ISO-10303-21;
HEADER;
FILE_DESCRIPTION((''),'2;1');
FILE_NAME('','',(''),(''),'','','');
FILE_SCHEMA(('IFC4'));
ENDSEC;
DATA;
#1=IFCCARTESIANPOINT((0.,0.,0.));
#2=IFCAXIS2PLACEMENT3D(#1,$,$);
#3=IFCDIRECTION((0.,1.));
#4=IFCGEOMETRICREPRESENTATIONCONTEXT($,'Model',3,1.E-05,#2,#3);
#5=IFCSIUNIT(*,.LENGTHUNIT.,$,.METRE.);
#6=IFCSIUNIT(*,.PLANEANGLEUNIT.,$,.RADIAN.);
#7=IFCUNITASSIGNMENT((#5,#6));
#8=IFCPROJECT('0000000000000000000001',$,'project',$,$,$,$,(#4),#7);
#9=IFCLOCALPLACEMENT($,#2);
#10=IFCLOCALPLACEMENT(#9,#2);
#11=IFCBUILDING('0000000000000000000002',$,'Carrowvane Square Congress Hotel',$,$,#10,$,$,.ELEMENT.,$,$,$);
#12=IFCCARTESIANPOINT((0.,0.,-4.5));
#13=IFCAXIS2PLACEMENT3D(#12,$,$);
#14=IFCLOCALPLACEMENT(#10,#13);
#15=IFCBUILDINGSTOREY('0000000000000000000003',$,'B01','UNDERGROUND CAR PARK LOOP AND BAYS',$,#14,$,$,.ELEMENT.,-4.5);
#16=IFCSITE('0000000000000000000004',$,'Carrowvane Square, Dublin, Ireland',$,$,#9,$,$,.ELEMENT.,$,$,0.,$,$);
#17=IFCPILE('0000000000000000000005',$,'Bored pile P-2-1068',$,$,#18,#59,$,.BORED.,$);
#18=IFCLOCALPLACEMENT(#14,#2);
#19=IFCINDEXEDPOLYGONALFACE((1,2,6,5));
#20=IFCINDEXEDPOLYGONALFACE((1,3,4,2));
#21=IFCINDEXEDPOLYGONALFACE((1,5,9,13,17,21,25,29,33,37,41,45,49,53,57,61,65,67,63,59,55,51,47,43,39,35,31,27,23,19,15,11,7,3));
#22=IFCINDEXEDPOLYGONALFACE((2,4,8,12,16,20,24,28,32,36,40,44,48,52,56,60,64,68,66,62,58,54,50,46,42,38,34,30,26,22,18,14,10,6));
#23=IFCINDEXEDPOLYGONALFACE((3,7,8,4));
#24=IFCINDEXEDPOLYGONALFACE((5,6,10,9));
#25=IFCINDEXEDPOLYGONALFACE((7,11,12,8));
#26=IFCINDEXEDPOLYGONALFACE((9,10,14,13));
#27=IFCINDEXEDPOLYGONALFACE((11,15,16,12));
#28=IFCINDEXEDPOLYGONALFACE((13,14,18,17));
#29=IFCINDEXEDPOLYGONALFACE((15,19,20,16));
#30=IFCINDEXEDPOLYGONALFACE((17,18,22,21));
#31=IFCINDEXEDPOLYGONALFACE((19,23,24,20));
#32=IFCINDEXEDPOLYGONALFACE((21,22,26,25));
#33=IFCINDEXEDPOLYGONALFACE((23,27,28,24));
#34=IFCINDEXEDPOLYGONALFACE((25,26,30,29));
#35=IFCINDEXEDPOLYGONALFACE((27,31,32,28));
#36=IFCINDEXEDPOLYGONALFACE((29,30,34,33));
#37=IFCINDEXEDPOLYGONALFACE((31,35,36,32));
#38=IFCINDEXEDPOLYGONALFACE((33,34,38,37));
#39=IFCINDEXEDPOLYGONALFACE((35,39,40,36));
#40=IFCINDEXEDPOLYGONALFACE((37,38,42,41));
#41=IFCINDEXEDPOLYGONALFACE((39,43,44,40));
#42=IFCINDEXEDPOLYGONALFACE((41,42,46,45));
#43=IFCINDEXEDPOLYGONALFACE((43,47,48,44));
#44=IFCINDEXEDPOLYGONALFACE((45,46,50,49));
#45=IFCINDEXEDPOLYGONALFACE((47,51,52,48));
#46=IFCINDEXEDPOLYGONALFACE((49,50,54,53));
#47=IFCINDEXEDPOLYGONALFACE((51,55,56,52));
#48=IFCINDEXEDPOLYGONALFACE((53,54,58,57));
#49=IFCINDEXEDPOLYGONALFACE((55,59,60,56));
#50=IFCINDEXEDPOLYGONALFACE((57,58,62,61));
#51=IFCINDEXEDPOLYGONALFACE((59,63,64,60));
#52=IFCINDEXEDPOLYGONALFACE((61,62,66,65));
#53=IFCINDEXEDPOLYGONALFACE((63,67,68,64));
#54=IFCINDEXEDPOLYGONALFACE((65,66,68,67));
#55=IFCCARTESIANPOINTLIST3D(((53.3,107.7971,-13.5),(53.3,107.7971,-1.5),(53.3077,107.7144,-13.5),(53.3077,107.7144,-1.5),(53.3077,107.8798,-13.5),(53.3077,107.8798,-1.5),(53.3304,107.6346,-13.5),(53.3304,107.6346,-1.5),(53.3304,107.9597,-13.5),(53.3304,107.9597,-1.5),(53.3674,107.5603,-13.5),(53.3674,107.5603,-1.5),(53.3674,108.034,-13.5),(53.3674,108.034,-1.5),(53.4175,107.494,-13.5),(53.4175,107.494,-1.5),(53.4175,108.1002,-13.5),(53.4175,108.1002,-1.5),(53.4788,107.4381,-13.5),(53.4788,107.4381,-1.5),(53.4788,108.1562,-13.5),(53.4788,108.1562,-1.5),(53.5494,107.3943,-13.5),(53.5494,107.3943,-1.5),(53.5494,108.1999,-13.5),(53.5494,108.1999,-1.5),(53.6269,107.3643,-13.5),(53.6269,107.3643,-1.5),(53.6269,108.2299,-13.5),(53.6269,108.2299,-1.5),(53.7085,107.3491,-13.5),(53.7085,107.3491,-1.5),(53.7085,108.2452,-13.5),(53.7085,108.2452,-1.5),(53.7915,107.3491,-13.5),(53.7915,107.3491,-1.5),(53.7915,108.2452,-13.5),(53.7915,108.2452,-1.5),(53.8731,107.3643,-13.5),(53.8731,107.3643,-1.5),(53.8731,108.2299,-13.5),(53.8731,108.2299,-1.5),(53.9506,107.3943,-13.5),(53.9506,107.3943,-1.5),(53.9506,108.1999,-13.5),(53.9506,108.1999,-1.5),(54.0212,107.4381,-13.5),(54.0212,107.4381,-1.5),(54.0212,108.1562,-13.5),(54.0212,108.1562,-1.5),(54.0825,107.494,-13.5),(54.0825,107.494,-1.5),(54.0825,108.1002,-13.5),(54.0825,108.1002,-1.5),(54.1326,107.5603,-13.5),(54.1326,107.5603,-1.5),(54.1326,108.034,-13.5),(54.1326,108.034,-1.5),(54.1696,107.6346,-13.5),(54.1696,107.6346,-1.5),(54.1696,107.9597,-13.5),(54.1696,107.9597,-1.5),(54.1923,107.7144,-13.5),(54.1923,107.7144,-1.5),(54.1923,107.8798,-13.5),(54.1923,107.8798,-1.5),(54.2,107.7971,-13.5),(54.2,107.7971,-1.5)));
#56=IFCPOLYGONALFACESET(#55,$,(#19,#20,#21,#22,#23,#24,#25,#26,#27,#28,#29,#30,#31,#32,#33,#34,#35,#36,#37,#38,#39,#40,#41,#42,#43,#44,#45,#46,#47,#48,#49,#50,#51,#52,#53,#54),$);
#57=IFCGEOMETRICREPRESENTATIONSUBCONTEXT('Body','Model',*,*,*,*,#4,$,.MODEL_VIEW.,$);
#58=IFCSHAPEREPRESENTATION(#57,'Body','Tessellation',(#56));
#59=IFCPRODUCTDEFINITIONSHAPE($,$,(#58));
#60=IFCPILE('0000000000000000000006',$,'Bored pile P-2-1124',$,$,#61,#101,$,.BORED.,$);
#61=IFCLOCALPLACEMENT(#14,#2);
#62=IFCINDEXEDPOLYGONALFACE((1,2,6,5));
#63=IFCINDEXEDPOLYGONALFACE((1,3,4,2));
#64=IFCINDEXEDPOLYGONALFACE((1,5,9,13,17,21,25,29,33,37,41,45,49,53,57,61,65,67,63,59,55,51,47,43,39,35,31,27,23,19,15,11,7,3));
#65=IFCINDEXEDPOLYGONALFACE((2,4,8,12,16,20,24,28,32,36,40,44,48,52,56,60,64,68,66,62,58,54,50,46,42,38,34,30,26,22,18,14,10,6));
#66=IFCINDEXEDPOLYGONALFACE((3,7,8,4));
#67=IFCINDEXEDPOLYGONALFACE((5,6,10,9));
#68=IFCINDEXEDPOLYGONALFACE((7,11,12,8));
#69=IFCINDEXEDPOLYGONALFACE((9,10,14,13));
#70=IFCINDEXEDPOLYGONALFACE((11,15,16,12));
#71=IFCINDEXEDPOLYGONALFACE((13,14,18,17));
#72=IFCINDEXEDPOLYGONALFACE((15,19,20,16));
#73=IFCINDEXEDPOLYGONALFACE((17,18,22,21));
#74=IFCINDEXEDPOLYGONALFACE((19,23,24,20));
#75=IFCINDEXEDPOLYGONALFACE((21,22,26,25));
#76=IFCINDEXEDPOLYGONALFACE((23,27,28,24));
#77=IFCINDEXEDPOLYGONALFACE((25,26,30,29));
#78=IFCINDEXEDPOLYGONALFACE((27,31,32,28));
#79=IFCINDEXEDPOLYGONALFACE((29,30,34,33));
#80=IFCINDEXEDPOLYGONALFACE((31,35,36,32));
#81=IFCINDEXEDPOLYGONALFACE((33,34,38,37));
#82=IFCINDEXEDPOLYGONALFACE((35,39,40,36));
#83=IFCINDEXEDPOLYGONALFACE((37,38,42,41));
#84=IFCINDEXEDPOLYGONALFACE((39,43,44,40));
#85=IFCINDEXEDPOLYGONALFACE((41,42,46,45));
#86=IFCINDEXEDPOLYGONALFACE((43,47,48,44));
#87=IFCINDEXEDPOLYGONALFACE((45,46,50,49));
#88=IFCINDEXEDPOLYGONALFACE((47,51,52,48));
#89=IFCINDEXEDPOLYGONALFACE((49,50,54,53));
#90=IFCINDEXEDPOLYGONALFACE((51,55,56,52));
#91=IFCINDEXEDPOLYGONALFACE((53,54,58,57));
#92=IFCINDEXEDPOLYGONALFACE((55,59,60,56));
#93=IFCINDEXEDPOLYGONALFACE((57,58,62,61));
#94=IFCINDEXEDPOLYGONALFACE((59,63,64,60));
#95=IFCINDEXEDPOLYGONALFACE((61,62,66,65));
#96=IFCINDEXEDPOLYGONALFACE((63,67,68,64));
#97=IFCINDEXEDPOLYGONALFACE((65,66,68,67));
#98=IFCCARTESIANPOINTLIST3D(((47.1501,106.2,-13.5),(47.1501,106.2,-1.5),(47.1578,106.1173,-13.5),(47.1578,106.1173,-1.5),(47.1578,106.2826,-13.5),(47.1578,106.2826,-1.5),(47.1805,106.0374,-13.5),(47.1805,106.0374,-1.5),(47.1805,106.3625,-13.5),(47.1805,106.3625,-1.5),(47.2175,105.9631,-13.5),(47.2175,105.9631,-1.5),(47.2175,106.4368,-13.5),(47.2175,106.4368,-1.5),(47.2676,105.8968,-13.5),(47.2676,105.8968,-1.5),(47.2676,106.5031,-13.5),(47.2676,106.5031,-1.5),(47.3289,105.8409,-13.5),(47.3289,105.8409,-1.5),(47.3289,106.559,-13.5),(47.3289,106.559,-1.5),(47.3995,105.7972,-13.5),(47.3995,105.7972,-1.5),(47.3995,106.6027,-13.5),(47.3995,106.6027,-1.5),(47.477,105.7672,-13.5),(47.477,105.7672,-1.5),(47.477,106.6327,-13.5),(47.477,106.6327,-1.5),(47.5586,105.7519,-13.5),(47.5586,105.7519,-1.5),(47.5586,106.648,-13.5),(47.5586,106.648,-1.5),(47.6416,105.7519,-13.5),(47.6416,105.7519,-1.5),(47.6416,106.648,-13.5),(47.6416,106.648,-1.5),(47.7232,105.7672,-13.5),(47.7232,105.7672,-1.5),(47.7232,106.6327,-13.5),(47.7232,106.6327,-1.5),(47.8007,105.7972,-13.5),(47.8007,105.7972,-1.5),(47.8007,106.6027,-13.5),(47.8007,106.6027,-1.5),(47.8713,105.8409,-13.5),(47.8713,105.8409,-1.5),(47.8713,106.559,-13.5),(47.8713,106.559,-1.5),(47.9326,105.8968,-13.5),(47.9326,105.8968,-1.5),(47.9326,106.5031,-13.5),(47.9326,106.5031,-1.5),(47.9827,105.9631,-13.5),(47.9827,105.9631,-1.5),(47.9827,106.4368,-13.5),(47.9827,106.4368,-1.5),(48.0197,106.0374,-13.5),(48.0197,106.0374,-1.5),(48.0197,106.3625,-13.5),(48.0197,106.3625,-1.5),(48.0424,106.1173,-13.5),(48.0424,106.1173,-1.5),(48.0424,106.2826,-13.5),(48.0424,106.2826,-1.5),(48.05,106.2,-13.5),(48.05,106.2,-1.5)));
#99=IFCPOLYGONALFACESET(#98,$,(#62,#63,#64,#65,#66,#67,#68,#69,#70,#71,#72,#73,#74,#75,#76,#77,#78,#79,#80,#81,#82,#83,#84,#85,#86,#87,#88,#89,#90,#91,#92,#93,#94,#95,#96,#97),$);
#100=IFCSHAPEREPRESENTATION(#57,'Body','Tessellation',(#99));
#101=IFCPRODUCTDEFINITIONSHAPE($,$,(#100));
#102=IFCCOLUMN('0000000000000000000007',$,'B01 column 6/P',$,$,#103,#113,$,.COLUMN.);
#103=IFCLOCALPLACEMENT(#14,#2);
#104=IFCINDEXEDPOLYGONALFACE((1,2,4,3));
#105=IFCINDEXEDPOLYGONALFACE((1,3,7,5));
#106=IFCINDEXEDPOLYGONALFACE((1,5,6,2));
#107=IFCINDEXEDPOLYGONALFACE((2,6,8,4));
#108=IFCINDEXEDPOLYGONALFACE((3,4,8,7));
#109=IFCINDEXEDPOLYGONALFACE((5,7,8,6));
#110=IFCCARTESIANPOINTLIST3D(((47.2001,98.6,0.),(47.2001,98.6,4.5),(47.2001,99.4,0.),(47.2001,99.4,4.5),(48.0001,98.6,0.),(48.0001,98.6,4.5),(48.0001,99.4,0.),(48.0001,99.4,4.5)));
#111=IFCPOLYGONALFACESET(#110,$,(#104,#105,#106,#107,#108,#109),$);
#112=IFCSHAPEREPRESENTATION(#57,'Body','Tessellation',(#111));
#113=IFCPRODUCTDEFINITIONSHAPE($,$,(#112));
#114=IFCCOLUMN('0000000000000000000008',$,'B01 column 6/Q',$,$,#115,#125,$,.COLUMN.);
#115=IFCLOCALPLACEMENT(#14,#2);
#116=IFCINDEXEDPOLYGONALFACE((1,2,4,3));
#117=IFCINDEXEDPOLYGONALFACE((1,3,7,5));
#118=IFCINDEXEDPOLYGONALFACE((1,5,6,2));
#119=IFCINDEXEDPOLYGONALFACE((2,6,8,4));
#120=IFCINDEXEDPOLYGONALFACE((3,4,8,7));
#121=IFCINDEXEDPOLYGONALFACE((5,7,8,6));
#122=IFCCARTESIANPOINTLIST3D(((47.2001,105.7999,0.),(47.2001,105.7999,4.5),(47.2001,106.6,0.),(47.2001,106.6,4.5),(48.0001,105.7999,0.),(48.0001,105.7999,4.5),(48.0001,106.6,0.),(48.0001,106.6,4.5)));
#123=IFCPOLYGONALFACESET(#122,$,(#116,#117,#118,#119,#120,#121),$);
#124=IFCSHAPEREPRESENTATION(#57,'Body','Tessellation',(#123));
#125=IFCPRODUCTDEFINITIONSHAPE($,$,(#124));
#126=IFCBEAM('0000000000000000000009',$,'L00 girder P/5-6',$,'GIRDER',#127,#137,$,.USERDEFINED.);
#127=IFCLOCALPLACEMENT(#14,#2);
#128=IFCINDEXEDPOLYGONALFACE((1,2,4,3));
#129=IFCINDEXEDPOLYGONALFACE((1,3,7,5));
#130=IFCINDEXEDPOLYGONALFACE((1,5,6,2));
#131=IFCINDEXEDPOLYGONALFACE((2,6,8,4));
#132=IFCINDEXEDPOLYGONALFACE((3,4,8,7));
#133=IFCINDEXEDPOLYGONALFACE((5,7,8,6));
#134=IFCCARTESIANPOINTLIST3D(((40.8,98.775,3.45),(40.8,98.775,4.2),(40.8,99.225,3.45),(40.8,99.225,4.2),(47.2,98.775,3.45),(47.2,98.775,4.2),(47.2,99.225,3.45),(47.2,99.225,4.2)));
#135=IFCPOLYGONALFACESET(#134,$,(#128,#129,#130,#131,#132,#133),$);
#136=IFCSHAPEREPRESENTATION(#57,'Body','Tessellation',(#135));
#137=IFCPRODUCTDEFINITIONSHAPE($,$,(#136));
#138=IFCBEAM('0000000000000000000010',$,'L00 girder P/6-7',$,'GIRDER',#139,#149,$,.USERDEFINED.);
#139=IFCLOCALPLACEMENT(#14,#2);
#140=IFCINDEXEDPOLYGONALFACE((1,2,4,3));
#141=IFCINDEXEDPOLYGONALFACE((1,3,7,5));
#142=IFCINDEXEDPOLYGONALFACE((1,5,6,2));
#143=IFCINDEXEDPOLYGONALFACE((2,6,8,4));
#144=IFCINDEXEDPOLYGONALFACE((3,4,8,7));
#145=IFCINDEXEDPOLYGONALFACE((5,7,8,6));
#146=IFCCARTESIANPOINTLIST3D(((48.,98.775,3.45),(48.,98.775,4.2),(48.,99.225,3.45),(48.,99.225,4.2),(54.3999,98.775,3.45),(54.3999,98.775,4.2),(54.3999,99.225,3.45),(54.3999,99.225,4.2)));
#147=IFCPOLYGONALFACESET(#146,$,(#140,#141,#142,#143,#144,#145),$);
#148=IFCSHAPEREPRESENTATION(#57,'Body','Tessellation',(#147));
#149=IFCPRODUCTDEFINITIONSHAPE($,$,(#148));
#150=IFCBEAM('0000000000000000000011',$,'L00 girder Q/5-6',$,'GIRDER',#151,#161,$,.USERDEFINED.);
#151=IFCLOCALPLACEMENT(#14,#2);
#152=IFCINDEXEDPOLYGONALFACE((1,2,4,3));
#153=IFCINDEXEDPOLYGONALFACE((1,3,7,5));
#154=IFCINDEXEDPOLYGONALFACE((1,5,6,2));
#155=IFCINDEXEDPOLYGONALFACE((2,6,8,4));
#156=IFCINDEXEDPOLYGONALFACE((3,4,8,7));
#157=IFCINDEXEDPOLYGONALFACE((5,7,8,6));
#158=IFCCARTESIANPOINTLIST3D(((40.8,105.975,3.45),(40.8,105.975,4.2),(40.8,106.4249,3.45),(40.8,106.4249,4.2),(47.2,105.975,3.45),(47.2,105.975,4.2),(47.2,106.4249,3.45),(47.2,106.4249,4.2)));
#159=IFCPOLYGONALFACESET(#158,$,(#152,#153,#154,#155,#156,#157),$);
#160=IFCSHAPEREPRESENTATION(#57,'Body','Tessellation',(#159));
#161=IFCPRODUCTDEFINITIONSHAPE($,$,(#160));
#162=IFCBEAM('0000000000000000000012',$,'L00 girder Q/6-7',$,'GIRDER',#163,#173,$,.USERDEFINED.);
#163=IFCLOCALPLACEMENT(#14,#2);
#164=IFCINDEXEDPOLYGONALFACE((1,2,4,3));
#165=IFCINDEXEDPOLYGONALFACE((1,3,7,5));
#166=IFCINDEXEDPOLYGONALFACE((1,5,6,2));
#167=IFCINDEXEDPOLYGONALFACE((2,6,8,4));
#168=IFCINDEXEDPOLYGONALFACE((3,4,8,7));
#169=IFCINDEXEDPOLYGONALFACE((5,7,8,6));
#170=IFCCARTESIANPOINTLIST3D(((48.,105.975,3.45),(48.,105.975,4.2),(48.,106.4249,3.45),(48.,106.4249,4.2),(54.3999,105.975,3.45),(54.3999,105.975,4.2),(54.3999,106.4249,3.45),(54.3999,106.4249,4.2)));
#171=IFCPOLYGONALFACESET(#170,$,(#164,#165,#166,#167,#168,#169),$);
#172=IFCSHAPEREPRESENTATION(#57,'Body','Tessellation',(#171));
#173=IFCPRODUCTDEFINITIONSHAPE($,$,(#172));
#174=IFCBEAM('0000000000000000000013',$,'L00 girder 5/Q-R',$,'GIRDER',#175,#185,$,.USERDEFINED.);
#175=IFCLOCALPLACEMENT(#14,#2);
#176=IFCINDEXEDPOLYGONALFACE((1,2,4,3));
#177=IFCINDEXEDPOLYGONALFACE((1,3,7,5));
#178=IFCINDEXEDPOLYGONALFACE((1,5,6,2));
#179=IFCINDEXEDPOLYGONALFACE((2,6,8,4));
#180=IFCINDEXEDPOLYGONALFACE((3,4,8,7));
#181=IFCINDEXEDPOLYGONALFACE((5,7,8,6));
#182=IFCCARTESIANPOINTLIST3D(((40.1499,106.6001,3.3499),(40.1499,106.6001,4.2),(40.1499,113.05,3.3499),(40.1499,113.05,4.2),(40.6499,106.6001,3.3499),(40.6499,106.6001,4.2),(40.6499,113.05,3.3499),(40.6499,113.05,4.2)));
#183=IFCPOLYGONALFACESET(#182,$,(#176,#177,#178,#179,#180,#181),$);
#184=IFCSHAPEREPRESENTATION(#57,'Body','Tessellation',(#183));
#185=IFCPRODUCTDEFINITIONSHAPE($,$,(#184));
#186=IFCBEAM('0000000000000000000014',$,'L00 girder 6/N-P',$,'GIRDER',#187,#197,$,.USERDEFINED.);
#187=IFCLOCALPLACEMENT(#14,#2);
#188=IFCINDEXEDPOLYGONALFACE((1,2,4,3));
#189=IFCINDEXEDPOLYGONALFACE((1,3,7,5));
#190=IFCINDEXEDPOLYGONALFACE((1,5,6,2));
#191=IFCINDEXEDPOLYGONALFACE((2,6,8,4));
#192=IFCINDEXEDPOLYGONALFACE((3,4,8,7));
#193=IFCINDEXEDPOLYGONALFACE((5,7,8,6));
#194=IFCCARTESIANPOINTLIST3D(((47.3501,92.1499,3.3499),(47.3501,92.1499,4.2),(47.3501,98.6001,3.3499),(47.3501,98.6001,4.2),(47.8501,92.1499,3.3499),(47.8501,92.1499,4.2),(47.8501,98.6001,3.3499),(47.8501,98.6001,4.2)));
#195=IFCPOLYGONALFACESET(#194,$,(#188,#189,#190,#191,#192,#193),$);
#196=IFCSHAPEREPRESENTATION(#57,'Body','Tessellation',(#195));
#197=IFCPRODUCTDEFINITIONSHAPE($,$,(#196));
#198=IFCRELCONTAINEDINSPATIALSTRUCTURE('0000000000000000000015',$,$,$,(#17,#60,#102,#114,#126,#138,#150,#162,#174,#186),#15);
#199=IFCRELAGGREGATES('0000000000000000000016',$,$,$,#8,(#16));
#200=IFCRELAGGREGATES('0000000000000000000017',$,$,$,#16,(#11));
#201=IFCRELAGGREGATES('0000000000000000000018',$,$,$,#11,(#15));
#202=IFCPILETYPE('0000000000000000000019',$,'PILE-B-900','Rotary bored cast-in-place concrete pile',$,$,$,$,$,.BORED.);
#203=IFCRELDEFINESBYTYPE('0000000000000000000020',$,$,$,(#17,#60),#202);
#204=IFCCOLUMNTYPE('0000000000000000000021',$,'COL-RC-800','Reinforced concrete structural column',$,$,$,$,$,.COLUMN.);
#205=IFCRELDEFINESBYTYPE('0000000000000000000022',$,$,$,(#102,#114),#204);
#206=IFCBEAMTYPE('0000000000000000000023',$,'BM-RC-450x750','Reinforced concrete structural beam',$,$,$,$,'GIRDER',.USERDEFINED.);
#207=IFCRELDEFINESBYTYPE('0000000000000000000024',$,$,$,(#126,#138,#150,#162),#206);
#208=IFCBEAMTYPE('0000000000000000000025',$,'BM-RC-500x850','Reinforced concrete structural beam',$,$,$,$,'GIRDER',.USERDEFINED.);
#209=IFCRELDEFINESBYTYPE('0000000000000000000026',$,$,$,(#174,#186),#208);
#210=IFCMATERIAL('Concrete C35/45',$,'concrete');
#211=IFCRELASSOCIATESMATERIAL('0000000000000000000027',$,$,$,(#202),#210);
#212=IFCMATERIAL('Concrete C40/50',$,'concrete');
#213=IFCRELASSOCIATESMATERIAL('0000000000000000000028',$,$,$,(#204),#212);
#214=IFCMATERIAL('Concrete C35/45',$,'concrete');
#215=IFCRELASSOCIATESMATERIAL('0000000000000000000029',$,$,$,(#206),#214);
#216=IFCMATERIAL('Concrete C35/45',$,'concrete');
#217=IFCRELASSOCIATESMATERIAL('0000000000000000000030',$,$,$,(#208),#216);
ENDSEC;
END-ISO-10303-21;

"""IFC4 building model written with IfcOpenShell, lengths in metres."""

from ifc_helpers import new_model, si_unit, direction, frame, origin, origin_2d, place, context, subcontext, project, spatial, rectangle, circle, extrude, material, material_profile, profile_set, type_object, element, save


model = new_model("IFC4")

# Units and contexts
model_context = context("Model", 3, precision=1e-05, world=origin(), true_north=direction((0.0, 1.0)))
body_context = subcontext(model_context, "Body", "Model", "MODEL_VIEW")
ifc_project = project(units=[si_unit("LENGTHUNIT", "METRE"), si_unit("PLANEANGLEUNIT", "RADIAN")], contexts=[model_context])

# Site, building, storey
site_placement = place(None, origin())
site = spatial("IfcSite", under=ifc_project, at=site_placement, Name="Carrowvane Square, Dublin, Ireland", CompositionType="ELEMENT", RefElevation=0.0)
building_placement = place(site_placement, origin())
building = spatial("IfcBuilding", under=site, at=building_placement, Name="Carrowvane Square Congress Hotel", CompositionType="ELEMENT")
storey_placement = place(building_placement, frame((0.0, 0.0, -4.5)))
storey = spatial("IfcBuildingStorey", under=building, at=storey_placement, Name="B01", Description="UNDERGROUND CAR PARK LOOP AND BAYS", CompositionType="ELEMENT", Elevation=-4.5)

# Piles
ifc_material_1 = material(Name="Concrete C35/45", Category="concrete")
ifc_material_profile_1 = material_profile(ifc_material_1, circle(Radius=0.45, at=origin_2d()), Name="PILE D900")
ifc_profile_set_1 = profile_set([ifc_material_profile_1], Name="Concrete C35/45")
pile_type = type_object("IfcPileType", Name="PILE-B-900", Description="Rotary bored cast-in-place concrete pile", PredefinedType="BORED", material=ifc_profile_set_1)
for number, where, z_axis, x_axis, name in (
    (1, (53.75, 107.7971, -1.5), (0.0, 0.0, -1.0), (1.0, 0.0, 0.0), "Bored pile P-2-1068"),
    (2, (47.6001, 106.2, -1.5), (0.0, 0.0, -1.0), (1.0, 0.0, 0.0), "Bored pile P-2-1124"),
):
    element("IfcPile", number, at=place(storey_placement, frame(where, z_axis=z_axis, x_axis=x_axis)), inside=storey, type_object=pile_type, Name=name, PredefinedType="BORED", context=body_context, shape_type="SweptSolid", body=[
        extrude(circle(Radius=0.45, at=origin_2d()), origin(), (0.0, 0.0, 1.0), 12.0),
    ])

# Columns
ifc_material_2 = material(Name="Concrete C40/50", Category="concrete")
ifc_material_profile_2 = material_profile(ifc_material_2, rectangle(XDim=0.8, YDim=0.8, at=origin_2d()), Name="RC 800x800")
ifc_profile_set_2 = profile_set([ifc_material_profile_2], Name="Concrete C40/50")
column_type = type_object("IfcColumnType", Name="COL-RC-800", Description="Reinforced concrete structural column", PredefinedType="COLUMN", material=ifc_profile_set_2)
for number, where, z_axis, x_axis, name in (
    (3, (47.6001, 99.0, 0.0), (0.0, 0.0, 1.0), (1.0, 0.0, 0.0), "B01 column 6/P"),
    (4, (47.6001, 106.2, 0.0), (0.0, 0.0, 1.0), (1.0, 0.0, 0.0), "B01 column 6/Q"),
):
    element("IfcColumn", number, at=place(storey_placement, frame(where, z_axis=z_axis, x_axis=x_axis)), inside=storey, type_object=column_type, Name=name, PredefinedType="COLUMN", context=body_context, shape_type="SweptSolid", body=[
        extrude(rectangle(XDim=0.8, YDim=0.8, at=origin_2d()), origin(), (0.0, 0.0, 1.0), 4.5),
    ])

# Beams
ifc_material_3 = material(Name="Concrete C35/45", Category="concrete")
ifc_material_profile_3 = material_profile(ifc_material_3, rectangle(XDim=0.45, YDim=0.75, at=origin_2d()), Name="RC 450x750")
ifc_profile_set_3 = profile_set([ifc_material_profile_3], Name="Concrete C35/45")
beam_type_1 = type_object("IfcBeamType", Name="BM-RC-450x750", Description="Reinforced concrete structural beam", ElementType="GIRDER", PredefinedType="USERDEFINED", material=ifc_profile_set_3)
for number, where, z_axis, x_axis, name in (
    (5, (40.8, 99.0, 3.825), (1.0, 0.0, 0.0), (0.0, 1.0, 0.0), "L00 girder P/5-6"),
    (6, (48.0, 99.0, 3.825), (1.0, 0.0, 0.0), (0.0, 1.0, 0.0), "L00 girder P/6-7"),
    (7, (40.8, 106.2, 3.825), (1.0, 0.0, 0.0), (0.0, 1.0, 0.0), "L00 girder Q/5-6"),
    (8, (48.0, 106.2, 3.825), (1.0, 0.0, 0.0), (0.0, 1.0, 0.0), "L00 girder Q/6-7"),
):
    element("IfcBeam", number, at=place(storey_placement, frame(where, z_axis=z_axis, x_axis=x_axis)), inside=storey, type_object=beam_type_1, Name=name, ObjectType="GIRDER", PredefinedType="USERDEFINED", context=body_context, shape_type="SweptSolid", body=[
        extrude(rectangle(XDim=0.45, YDim=0.75, at=origin_2d()), origin(), (0.0, 0.0, 1.0), 6.3999),
    ])
ifc_material_4 = material(Name="Concrete C35/45", Category="concrete")
ifc_material_profile_4 = material_profile(ifc_material_4, rectangle(XDim=0.5, YDim=0.8501, at=origin_2d()), Name="RC 500x850")
ifc_profile_set_4 = profile_set([ifc_material_profile_4], Name="Concrete C35/45")
beam_type_2 = type_object("IfcBeamType", Name="BM-RC-500x850", Description="Reinforced concrete structural beam", ElementType="GIRDER", PredefinedType="USERDEFINED", material=ifc_profile_set_4)
beam_1_placement = place(storey_placement, frame((40.3999, 106.6001, 3.7749), z_axis=(0.0, 1.0, 0.0), x_axis=(-1.0, 0.0, 0.0)))
element("IfcBeam", 9, at=beam_1_placement, inside=storey, type_object=beam_type_2, Name="L00 girder 5/Q-R", ObjectType="GIRDER", PredefinedType="USERDEFINED", context=body_context, shape_type="SweptSolid", body=[
    extrude(rectangle(XDim=0.5, YDim=0.8501, at=origin_2d()), origin(), (0.0, 0.0, 1.0), 6.45),
])
beam_2_placement = place(storey_placement, frame((47.6001, 92.1499, 3.7749), z_axis=(0.0, 1.0, 0.0), x_axis=(-1.0, 0.0, 0.0)))
element("IfcBeam", 10, at=beam_2_placement, inside=storey, type_object=beam_type_2, Name="L00 girder 6/N-P", ObjectType="GIRDER", PredefinedType="USERDEFINED", context=body_context, shape_type="SweptSolid", body=[
    extrude(rectangle(XDim=0.5, YDim=0.8501, at=origin_2d()), origin(), (0.0, 0.0, 1.0), 6.4502),
])

save(model, "model.ifc")
